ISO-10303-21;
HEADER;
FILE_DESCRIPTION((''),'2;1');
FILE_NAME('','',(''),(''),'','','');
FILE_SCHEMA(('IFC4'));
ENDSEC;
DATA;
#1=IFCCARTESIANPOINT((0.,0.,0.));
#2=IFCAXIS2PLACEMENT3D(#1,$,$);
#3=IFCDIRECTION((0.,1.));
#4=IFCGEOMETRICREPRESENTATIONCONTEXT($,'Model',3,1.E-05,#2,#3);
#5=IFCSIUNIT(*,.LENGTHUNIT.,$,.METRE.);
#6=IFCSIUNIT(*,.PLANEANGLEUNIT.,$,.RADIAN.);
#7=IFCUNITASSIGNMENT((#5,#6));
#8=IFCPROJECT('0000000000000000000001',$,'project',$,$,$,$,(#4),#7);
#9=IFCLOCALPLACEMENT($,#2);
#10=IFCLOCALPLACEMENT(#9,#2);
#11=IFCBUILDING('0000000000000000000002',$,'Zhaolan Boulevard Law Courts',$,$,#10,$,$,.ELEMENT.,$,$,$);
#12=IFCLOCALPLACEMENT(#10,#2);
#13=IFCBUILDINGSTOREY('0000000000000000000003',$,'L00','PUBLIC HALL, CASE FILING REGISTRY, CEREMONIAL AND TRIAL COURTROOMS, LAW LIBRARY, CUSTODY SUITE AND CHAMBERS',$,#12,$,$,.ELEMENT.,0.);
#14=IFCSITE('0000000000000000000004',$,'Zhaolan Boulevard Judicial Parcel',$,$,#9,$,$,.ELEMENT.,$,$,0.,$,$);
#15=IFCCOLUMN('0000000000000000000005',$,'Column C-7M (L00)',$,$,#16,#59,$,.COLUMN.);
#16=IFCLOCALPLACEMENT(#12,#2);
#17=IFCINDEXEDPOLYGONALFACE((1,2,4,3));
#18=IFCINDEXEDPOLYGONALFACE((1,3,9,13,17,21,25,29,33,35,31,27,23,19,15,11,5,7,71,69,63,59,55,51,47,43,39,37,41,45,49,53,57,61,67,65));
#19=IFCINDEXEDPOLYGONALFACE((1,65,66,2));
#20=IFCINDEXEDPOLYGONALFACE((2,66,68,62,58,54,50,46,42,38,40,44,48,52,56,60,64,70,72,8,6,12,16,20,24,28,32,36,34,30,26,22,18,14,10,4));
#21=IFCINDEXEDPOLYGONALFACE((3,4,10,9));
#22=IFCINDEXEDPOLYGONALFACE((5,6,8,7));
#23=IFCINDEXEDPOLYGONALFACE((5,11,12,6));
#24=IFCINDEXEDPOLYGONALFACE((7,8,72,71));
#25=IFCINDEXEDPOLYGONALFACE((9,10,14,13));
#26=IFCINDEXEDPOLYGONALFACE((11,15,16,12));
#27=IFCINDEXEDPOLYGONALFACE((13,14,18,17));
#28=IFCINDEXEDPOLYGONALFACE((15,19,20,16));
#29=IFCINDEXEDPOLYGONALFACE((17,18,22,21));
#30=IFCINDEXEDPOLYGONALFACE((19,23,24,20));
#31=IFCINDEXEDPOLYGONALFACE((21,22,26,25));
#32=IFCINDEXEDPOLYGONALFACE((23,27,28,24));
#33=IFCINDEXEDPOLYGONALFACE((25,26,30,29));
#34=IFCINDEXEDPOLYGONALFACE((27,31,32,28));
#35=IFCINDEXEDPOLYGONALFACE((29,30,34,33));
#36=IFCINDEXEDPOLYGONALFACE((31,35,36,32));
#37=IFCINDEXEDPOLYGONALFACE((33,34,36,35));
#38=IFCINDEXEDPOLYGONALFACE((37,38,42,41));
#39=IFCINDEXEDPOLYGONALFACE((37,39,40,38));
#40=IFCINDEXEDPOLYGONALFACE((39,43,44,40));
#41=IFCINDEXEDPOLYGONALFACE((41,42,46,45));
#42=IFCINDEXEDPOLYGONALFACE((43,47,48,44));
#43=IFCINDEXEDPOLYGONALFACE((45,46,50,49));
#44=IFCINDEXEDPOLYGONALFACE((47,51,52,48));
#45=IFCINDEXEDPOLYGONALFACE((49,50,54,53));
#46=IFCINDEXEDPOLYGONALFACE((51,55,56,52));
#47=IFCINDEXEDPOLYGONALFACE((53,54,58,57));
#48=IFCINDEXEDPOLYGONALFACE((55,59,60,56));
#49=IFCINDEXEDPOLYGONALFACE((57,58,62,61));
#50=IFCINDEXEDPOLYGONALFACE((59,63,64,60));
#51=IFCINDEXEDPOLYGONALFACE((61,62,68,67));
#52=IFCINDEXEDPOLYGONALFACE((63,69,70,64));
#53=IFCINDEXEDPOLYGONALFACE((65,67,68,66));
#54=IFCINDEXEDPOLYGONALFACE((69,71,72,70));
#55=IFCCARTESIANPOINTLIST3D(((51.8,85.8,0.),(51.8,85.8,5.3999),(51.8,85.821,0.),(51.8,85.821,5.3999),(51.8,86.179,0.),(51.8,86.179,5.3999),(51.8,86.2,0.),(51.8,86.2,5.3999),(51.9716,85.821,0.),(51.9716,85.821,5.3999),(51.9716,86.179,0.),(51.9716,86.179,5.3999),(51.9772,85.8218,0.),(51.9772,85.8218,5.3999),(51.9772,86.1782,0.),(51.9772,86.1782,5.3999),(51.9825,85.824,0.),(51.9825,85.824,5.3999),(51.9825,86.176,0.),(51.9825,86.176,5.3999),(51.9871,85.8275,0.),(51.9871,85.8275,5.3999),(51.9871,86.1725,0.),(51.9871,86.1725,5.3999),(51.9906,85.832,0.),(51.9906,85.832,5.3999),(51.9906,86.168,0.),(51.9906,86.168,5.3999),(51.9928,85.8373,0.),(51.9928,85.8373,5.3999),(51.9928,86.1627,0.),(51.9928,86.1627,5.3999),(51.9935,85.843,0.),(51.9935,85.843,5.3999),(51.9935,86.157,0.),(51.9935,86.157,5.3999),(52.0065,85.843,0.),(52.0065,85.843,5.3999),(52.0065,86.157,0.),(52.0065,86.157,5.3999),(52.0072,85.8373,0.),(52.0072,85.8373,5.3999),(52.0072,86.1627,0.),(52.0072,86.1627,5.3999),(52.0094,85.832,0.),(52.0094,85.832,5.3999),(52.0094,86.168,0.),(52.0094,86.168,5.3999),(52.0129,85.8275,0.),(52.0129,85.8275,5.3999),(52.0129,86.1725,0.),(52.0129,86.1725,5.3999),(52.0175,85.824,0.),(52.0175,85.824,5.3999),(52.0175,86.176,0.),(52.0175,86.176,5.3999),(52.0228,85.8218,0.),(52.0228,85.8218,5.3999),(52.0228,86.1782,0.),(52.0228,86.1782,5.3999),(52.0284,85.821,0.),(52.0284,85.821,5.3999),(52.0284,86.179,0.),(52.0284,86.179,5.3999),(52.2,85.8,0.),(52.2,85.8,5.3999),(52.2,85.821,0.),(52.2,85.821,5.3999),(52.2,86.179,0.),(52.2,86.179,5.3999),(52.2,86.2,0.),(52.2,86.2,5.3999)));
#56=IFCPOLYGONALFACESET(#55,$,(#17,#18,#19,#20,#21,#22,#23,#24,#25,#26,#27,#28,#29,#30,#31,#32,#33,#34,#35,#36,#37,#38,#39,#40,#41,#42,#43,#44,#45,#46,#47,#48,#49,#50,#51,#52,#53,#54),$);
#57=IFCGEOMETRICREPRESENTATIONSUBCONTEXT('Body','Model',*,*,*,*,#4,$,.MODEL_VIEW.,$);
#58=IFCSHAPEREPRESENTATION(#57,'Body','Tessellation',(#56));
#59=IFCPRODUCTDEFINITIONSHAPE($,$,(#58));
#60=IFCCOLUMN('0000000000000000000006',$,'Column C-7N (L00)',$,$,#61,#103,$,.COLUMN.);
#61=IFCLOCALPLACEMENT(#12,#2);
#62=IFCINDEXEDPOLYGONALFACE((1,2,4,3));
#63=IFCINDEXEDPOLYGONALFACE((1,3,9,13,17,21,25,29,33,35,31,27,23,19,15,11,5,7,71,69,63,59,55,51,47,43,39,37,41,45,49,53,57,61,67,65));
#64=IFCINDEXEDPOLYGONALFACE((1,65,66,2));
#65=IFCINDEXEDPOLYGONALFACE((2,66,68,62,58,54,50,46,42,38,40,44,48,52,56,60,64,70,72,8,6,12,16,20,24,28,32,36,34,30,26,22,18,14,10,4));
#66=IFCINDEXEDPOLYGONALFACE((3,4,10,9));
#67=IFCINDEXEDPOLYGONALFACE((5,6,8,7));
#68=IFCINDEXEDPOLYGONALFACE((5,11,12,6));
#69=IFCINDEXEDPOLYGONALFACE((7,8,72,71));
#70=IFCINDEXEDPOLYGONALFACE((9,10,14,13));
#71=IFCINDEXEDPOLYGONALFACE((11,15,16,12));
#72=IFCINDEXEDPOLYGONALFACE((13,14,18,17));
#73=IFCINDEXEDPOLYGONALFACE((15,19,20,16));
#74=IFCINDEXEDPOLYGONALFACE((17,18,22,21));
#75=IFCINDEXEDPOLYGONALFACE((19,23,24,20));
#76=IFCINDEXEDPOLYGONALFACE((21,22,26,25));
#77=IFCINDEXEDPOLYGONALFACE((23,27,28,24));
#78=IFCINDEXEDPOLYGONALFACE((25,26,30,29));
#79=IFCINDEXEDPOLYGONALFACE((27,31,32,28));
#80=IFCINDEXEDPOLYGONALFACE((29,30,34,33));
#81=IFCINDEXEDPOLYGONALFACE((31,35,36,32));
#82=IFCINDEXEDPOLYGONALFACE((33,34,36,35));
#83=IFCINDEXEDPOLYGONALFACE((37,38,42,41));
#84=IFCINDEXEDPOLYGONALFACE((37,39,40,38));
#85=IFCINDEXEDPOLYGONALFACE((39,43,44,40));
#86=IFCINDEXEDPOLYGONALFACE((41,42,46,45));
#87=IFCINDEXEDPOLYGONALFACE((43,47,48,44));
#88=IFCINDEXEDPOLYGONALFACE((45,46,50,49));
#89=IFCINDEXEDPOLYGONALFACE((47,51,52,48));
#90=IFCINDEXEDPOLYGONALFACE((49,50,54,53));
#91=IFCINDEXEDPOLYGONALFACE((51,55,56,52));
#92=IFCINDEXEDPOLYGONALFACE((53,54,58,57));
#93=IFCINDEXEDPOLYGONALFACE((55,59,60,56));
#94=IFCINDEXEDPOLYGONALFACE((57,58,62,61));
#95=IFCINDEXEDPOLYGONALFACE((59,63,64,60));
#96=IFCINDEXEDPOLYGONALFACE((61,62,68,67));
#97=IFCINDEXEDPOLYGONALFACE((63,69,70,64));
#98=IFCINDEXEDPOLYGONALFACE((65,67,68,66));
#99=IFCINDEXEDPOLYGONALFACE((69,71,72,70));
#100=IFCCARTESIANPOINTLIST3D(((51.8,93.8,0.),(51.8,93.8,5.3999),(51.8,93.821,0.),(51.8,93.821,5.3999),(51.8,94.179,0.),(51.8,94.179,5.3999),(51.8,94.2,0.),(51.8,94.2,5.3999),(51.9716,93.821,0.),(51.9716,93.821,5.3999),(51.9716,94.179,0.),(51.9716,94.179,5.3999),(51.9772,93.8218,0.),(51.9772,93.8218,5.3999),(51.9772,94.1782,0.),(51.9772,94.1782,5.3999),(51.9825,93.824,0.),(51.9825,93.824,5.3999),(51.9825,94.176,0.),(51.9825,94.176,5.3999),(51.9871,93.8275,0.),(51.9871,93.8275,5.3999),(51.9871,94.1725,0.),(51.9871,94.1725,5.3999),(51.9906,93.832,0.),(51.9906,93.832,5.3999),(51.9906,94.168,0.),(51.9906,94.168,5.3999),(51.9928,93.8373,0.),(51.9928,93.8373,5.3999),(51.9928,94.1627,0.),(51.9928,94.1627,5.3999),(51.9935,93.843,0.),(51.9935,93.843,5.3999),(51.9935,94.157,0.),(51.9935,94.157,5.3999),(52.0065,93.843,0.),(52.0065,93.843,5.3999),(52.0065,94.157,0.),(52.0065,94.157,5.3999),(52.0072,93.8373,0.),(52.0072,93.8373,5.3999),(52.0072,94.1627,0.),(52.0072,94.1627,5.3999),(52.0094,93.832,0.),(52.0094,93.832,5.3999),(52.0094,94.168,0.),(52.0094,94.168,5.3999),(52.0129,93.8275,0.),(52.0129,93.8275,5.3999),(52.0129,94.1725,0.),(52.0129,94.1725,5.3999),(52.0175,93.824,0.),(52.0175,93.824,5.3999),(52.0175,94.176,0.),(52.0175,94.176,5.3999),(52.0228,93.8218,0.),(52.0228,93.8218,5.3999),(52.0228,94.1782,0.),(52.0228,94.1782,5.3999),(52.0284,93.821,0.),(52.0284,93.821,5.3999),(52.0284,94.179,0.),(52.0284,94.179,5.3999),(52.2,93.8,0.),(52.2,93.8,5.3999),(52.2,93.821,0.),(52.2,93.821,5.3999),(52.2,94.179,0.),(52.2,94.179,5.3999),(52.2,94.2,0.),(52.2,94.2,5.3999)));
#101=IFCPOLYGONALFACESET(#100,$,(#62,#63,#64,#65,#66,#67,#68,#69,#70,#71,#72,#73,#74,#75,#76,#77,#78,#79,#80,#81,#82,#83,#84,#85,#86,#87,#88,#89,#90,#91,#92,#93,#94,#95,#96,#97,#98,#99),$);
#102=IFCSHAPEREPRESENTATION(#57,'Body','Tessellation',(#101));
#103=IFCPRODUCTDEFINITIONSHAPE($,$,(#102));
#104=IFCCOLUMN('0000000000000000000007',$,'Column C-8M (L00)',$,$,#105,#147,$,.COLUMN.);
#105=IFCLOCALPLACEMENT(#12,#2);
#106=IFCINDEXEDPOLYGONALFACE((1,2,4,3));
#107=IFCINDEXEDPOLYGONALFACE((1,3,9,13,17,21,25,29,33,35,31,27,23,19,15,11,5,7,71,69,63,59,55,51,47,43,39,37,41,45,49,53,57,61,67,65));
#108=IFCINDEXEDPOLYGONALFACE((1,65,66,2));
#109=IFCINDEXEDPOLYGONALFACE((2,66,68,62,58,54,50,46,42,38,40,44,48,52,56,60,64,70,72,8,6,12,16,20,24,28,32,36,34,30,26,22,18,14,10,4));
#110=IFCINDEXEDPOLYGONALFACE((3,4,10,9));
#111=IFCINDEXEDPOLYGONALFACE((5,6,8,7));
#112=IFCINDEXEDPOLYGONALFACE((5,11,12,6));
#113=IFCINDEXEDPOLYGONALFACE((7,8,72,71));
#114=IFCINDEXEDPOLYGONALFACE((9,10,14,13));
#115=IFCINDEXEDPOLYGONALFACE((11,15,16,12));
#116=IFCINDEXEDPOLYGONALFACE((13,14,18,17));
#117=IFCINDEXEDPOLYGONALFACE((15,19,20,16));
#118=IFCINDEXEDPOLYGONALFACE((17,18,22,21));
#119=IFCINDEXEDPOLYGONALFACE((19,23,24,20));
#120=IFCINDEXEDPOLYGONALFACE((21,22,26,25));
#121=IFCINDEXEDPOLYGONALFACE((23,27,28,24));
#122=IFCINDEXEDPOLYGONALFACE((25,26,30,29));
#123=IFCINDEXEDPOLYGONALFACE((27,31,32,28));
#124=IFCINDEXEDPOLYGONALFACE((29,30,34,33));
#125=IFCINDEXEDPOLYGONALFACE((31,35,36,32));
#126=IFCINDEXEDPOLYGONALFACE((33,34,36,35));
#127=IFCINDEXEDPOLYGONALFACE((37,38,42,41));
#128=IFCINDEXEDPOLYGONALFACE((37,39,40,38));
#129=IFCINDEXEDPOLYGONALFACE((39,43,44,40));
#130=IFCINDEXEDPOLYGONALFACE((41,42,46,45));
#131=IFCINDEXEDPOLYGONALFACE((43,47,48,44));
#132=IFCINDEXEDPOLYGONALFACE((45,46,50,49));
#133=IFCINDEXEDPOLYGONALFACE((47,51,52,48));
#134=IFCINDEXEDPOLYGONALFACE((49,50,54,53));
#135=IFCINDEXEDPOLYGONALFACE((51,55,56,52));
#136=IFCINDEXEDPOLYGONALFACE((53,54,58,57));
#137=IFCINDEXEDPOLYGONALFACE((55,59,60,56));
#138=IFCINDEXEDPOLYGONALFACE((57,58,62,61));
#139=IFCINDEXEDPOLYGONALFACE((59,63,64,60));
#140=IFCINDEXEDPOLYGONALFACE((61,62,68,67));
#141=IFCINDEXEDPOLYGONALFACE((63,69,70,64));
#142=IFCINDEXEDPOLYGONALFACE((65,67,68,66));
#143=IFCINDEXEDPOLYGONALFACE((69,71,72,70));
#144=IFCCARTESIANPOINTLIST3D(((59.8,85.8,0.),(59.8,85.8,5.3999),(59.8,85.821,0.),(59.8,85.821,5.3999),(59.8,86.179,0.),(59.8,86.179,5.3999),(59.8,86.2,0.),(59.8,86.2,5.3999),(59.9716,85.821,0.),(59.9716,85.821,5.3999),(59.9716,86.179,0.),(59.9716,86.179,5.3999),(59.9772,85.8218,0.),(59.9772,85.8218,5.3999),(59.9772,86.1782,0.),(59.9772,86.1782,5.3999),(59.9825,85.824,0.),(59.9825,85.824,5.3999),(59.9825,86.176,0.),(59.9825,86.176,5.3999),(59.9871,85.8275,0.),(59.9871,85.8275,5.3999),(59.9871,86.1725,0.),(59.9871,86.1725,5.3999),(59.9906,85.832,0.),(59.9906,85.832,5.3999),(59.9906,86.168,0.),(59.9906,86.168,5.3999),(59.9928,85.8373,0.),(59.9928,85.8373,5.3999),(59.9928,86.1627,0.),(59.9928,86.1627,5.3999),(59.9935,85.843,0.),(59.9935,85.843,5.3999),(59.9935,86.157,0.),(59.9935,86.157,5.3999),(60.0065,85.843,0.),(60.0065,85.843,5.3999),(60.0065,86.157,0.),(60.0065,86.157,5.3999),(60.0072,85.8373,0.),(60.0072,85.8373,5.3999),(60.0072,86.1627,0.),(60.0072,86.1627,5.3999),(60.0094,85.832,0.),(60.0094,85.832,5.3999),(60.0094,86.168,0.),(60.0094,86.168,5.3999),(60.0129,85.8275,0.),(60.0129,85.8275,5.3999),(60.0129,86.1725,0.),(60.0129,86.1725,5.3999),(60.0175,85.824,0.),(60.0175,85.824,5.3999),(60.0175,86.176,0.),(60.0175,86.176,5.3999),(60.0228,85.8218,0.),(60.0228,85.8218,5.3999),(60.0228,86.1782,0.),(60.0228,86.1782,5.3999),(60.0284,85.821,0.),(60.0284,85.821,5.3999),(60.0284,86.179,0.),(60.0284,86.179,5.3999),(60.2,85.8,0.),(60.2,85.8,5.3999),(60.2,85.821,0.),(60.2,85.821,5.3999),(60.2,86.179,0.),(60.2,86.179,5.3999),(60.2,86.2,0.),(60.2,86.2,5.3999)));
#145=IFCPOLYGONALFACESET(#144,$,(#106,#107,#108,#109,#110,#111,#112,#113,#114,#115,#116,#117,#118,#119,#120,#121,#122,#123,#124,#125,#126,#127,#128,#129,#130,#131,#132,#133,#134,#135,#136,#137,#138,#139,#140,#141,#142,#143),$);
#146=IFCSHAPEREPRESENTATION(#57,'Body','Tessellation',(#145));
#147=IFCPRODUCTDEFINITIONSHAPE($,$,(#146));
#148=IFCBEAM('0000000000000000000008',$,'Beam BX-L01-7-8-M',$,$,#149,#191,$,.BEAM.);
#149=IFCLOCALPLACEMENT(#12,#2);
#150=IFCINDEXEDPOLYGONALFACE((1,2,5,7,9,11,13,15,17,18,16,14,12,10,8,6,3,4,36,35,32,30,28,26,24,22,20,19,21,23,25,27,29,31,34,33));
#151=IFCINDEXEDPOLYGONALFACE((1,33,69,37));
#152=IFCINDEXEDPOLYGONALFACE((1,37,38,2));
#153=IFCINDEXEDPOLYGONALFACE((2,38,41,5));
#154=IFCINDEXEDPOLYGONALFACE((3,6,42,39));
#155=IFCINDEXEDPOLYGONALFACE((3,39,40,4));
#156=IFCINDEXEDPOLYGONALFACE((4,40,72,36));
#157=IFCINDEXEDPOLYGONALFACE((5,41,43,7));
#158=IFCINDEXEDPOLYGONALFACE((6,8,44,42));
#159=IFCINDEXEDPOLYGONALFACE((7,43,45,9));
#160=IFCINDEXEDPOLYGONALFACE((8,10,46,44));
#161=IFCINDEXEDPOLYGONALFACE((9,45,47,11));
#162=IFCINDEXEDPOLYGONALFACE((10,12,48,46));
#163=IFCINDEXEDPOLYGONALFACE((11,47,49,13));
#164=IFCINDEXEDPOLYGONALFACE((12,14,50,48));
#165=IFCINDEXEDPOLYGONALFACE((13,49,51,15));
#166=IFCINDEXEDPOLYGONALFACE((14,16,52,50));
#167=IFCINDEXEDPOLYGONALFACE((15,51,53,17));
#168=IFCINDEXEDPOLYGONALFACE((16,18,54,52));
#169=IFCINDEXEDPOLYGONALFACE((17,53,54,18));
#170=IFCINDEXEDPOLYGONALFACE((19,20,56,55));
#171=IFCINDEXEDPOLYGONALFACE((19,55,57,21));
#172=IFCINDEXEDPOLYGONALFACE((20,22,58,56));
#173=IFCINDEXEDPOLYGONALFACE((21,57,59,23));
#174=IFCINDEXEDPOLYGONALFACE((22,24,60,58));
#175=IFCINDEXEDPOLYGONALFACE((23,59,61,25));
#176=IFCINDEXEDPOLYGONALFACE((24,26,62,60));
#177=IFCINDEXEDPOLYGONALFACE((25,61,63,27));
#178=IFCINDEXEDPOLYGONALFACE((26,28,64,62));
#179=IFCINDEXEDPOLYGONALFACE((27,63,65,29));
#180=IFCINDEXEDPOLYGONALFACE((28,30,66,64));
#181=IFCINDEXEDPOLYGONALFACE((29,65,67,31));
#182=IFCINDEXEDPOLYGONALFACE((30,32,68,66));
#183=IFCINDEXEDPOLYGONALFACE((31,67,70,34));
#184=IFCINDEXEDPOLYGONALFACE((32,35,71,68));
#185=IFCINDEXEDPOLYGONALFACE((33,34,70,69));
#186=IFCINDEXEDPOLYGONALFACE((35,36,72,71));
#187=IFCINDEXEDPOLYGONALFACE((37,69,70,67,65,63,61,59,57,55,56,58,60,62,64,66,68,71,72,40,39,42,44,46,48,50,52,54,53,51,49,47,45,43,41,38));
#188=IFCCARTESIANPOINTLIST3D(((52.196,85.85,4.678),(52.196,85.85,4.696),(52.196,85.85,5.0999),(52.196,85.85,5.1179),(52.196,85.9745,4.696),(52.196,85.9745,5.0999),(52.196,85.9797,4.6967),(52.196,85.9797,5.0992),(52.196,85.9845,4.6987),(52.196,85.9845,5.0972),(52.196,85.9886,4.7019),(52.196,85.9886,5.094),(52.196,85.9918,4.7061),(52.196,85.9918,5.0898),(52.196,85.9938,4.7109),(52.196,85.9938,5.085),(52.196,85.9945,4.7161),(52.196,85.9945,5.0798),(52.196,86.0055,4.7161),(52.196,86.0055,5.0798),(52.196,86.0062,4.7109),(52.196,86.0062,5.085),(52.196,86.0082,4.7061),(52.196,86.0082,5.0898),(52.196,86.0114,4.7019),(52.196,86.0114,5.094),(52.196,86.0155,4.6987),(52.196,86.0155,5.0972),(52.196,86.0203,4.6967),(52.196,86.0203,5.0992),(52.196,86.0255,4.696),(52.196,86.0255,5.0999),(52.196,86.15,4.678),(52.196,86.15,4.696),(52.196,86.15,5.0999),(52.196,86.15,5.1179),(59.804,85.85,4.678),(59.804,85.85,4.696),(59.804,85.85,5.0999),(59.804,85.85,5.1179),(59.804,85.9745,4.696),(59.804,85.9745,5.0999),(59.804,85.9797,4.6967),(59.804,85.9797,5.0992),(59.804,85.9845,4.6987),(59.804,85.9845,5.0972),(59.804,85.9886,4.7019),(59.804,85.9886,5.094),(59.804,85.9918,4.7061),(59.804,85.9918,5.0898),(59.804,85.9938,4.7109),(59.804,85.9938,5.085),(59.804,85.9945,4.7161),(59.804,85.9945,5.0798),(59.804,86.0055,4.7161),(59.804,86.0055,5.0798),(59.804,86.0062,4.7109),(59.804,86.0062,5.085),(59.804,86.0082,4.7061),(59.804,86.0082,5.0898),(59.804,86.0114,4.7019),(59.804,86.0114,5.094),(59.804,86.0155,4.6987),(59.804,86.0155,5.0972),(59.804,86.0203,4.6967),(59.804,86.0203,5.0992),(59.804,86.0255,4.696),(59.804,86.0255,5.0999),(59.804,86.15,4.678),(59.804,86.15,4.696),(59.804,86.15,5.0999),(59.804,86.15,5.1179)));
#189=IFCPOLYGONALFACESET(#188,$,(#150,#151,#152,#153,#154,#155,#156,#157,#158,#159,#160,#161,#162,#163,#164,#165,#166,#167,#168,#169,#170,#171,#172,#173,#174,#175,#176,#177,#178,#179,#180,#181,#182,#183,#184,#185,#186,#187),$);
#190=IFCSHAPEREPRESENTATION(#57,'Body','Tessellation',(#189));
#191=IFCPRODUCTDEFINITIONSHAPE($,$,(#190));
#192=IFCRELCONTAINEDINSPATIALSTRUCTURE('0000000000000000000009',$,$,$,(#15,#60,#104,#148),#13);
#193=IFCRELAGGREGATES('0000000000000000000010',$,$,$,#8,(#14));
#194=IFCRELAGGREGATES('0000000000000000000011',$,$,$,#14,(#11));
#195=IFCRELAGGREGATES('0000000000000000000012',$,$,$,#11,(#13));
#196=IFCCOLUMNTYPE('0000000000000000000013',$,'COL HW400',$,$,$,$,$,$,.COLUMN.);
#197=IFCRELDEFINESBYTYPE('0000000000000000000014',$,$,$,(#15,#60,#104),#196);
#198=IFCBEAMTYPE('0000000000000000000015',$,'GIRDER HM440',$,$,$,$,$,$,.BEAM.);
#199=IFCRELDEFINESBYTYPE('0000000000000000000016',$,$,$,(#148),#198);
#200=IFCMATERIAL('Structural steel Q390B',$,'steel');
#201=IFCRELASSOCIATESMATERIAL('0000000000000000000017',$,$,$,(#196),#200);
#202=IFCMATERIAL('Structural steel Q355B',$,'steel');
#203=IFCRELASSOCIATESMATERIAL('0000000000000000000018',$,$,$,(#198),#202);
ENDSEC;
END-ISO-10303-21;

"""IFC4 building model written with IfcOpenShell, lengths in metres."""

from ifc_helpers import new_model, si_unit, direction, frame, origin, origin_2d, place, context, subcontext, project, spatial, i_section, extrude, material, material_profile, profile_set, type_object, element, save


model = new_model("IFC4")

# Units and contexts
model_context = context("Model", 3, precision=1e-05, world=origin(), true_north=direction((0.0, 1.0)))
body_context = subcontext(model_context, "Body", "Model", "MODEL_VIEW")
ifc_project = project(units=[si_unit("LENGTHUNIT", "METRE"), si_unit("PLANEANGLEUNIT", "RADIAN")], contexts=[model_context])

# Site, building, storey
site_placement = place(None, origin())
site = spatial("IfcSite", under=ifc_project, at=site_placement, Name="Zhaolan Boulevard Judicial Parcel", CompositionType="ELEMENT", RefElevation=0.0)
building_placement = place(site_placement, origin())
building = spatial("IfcBuilding", under=site, at=building_placement, Name="Zhaolan Boulevard Law Courts", CompositionType="ELEMENT")
storey_placement = place(building_placement, origin())
storey = spatial("IfcBuildingStorey", under=building, at=storey_placement, Name="L00", Description="PUBLIC HALL, CASE FILING REGISTRY, CEREMONIAL AND TRIAL COURTROOMS, LAW LIBRARY, CUSTODY SUITE AND CHAMBERS", CompositionType="ELEMENT", Elevation=0.0)

# Columns
ifc_material_1 = material(Name="Structural steel Q390B", Category="steel")
ifc_material_profile_1 = material_profile(ifc_material_1, i_section(OverallWidth=0.3999, OverallDepth=0.3999, WebThickness=0.0129, FlangeThickness=0.021, FilletRadius=0.022, at=origin_2d()), Name="HW400x400")
ifc_profile_set_1 = profile_set([ifc_material_profile_1], Name="Structural steel Q390B")
column_type = type_object("IfcColumnType", Name="COL HW400", PredefinedType="COLUMN", material=ifc_profile_set_1)
for number, where, z_axis, x_axis, name in (
    (1, (52.0, 86.0, 0.0), (0.0, 0.0, 1.0), (1.0, 0.0, 0.0), "Column C-7M (L00)"),
    (2, (52.0, 94.0, 0.0), (0.0, 0.0, 1.0), (1.0, 0.0, 0.0), "Column C-7N (L00)"),
    (3, (60.0, 86.0, 0.0), (0.0, 0.0, 1.0), (1.0, 0.0, 0.0), "Column C-8M (L00)"),
):
    element("IfcColumn", number, at=place(storey_placement, frame(where, z_axis=z_axis, x_axis=x_axis)), inside=storey, type_object=column_type, Name=name, PredefinedType="COLUMN", context=body_context, shape_type="SweptSolid", body=[
        extrude(i_section(OverallWidth=0.3999, OverallDepth=0.3999, WebThickness=0.0129, FlangeThickness=0.021, FilletRadius=0.022, at=origin_2d()), origin(), (0.0, 0.0, 1.0), 5.3999),
    ])

# Beam
ifc_material_2 = material(Name="Structural steel Q355B", Category="steel")
ifc_material_profile_2 = material_profile(ifc_material_2, i_section(OverallWidth=0.3, OverallDepth=0.4399, WebThickness=0.011, FlangeThickness=0.0181, FilletRadius=0.02, at=origin_2d()), Name="HM440x300")
ifc_profile_set_2 = profile_set([ifc_material_profile_2], Name="Structural steel Q355B")
beam_type_1 = type_object("IfcBeamType", Name="GIRDER HM440", PredefinedType="BEAM", material=ifc_profile_set_2)
beam_1_placement = place(storey_placement, frame((52.196, 86.0, 4.8979), z_axis=(1.0, 0.0, 0.0), x_axis=(0.0, 1.0, 0.0)))
element("IfcBeam", 4, at=beam_1_placement, inside=storey, type_object=beam_type_1, Name="Beam BX-L01-7-8-M", PredefinedType="BEAM", context=body_context, shape_type="SweptSolid", body=[
    extrude(i_section(OverallWidth=0.3, OverallDepth=0.4399, WebThickness=0.011, FlangeThickness=0.0181, FilletRadius=0.02, at=origin_2d()), origin(), (0.0, 0.0, 1.0), 7.6079),
])

save(model, "model.ifc")
